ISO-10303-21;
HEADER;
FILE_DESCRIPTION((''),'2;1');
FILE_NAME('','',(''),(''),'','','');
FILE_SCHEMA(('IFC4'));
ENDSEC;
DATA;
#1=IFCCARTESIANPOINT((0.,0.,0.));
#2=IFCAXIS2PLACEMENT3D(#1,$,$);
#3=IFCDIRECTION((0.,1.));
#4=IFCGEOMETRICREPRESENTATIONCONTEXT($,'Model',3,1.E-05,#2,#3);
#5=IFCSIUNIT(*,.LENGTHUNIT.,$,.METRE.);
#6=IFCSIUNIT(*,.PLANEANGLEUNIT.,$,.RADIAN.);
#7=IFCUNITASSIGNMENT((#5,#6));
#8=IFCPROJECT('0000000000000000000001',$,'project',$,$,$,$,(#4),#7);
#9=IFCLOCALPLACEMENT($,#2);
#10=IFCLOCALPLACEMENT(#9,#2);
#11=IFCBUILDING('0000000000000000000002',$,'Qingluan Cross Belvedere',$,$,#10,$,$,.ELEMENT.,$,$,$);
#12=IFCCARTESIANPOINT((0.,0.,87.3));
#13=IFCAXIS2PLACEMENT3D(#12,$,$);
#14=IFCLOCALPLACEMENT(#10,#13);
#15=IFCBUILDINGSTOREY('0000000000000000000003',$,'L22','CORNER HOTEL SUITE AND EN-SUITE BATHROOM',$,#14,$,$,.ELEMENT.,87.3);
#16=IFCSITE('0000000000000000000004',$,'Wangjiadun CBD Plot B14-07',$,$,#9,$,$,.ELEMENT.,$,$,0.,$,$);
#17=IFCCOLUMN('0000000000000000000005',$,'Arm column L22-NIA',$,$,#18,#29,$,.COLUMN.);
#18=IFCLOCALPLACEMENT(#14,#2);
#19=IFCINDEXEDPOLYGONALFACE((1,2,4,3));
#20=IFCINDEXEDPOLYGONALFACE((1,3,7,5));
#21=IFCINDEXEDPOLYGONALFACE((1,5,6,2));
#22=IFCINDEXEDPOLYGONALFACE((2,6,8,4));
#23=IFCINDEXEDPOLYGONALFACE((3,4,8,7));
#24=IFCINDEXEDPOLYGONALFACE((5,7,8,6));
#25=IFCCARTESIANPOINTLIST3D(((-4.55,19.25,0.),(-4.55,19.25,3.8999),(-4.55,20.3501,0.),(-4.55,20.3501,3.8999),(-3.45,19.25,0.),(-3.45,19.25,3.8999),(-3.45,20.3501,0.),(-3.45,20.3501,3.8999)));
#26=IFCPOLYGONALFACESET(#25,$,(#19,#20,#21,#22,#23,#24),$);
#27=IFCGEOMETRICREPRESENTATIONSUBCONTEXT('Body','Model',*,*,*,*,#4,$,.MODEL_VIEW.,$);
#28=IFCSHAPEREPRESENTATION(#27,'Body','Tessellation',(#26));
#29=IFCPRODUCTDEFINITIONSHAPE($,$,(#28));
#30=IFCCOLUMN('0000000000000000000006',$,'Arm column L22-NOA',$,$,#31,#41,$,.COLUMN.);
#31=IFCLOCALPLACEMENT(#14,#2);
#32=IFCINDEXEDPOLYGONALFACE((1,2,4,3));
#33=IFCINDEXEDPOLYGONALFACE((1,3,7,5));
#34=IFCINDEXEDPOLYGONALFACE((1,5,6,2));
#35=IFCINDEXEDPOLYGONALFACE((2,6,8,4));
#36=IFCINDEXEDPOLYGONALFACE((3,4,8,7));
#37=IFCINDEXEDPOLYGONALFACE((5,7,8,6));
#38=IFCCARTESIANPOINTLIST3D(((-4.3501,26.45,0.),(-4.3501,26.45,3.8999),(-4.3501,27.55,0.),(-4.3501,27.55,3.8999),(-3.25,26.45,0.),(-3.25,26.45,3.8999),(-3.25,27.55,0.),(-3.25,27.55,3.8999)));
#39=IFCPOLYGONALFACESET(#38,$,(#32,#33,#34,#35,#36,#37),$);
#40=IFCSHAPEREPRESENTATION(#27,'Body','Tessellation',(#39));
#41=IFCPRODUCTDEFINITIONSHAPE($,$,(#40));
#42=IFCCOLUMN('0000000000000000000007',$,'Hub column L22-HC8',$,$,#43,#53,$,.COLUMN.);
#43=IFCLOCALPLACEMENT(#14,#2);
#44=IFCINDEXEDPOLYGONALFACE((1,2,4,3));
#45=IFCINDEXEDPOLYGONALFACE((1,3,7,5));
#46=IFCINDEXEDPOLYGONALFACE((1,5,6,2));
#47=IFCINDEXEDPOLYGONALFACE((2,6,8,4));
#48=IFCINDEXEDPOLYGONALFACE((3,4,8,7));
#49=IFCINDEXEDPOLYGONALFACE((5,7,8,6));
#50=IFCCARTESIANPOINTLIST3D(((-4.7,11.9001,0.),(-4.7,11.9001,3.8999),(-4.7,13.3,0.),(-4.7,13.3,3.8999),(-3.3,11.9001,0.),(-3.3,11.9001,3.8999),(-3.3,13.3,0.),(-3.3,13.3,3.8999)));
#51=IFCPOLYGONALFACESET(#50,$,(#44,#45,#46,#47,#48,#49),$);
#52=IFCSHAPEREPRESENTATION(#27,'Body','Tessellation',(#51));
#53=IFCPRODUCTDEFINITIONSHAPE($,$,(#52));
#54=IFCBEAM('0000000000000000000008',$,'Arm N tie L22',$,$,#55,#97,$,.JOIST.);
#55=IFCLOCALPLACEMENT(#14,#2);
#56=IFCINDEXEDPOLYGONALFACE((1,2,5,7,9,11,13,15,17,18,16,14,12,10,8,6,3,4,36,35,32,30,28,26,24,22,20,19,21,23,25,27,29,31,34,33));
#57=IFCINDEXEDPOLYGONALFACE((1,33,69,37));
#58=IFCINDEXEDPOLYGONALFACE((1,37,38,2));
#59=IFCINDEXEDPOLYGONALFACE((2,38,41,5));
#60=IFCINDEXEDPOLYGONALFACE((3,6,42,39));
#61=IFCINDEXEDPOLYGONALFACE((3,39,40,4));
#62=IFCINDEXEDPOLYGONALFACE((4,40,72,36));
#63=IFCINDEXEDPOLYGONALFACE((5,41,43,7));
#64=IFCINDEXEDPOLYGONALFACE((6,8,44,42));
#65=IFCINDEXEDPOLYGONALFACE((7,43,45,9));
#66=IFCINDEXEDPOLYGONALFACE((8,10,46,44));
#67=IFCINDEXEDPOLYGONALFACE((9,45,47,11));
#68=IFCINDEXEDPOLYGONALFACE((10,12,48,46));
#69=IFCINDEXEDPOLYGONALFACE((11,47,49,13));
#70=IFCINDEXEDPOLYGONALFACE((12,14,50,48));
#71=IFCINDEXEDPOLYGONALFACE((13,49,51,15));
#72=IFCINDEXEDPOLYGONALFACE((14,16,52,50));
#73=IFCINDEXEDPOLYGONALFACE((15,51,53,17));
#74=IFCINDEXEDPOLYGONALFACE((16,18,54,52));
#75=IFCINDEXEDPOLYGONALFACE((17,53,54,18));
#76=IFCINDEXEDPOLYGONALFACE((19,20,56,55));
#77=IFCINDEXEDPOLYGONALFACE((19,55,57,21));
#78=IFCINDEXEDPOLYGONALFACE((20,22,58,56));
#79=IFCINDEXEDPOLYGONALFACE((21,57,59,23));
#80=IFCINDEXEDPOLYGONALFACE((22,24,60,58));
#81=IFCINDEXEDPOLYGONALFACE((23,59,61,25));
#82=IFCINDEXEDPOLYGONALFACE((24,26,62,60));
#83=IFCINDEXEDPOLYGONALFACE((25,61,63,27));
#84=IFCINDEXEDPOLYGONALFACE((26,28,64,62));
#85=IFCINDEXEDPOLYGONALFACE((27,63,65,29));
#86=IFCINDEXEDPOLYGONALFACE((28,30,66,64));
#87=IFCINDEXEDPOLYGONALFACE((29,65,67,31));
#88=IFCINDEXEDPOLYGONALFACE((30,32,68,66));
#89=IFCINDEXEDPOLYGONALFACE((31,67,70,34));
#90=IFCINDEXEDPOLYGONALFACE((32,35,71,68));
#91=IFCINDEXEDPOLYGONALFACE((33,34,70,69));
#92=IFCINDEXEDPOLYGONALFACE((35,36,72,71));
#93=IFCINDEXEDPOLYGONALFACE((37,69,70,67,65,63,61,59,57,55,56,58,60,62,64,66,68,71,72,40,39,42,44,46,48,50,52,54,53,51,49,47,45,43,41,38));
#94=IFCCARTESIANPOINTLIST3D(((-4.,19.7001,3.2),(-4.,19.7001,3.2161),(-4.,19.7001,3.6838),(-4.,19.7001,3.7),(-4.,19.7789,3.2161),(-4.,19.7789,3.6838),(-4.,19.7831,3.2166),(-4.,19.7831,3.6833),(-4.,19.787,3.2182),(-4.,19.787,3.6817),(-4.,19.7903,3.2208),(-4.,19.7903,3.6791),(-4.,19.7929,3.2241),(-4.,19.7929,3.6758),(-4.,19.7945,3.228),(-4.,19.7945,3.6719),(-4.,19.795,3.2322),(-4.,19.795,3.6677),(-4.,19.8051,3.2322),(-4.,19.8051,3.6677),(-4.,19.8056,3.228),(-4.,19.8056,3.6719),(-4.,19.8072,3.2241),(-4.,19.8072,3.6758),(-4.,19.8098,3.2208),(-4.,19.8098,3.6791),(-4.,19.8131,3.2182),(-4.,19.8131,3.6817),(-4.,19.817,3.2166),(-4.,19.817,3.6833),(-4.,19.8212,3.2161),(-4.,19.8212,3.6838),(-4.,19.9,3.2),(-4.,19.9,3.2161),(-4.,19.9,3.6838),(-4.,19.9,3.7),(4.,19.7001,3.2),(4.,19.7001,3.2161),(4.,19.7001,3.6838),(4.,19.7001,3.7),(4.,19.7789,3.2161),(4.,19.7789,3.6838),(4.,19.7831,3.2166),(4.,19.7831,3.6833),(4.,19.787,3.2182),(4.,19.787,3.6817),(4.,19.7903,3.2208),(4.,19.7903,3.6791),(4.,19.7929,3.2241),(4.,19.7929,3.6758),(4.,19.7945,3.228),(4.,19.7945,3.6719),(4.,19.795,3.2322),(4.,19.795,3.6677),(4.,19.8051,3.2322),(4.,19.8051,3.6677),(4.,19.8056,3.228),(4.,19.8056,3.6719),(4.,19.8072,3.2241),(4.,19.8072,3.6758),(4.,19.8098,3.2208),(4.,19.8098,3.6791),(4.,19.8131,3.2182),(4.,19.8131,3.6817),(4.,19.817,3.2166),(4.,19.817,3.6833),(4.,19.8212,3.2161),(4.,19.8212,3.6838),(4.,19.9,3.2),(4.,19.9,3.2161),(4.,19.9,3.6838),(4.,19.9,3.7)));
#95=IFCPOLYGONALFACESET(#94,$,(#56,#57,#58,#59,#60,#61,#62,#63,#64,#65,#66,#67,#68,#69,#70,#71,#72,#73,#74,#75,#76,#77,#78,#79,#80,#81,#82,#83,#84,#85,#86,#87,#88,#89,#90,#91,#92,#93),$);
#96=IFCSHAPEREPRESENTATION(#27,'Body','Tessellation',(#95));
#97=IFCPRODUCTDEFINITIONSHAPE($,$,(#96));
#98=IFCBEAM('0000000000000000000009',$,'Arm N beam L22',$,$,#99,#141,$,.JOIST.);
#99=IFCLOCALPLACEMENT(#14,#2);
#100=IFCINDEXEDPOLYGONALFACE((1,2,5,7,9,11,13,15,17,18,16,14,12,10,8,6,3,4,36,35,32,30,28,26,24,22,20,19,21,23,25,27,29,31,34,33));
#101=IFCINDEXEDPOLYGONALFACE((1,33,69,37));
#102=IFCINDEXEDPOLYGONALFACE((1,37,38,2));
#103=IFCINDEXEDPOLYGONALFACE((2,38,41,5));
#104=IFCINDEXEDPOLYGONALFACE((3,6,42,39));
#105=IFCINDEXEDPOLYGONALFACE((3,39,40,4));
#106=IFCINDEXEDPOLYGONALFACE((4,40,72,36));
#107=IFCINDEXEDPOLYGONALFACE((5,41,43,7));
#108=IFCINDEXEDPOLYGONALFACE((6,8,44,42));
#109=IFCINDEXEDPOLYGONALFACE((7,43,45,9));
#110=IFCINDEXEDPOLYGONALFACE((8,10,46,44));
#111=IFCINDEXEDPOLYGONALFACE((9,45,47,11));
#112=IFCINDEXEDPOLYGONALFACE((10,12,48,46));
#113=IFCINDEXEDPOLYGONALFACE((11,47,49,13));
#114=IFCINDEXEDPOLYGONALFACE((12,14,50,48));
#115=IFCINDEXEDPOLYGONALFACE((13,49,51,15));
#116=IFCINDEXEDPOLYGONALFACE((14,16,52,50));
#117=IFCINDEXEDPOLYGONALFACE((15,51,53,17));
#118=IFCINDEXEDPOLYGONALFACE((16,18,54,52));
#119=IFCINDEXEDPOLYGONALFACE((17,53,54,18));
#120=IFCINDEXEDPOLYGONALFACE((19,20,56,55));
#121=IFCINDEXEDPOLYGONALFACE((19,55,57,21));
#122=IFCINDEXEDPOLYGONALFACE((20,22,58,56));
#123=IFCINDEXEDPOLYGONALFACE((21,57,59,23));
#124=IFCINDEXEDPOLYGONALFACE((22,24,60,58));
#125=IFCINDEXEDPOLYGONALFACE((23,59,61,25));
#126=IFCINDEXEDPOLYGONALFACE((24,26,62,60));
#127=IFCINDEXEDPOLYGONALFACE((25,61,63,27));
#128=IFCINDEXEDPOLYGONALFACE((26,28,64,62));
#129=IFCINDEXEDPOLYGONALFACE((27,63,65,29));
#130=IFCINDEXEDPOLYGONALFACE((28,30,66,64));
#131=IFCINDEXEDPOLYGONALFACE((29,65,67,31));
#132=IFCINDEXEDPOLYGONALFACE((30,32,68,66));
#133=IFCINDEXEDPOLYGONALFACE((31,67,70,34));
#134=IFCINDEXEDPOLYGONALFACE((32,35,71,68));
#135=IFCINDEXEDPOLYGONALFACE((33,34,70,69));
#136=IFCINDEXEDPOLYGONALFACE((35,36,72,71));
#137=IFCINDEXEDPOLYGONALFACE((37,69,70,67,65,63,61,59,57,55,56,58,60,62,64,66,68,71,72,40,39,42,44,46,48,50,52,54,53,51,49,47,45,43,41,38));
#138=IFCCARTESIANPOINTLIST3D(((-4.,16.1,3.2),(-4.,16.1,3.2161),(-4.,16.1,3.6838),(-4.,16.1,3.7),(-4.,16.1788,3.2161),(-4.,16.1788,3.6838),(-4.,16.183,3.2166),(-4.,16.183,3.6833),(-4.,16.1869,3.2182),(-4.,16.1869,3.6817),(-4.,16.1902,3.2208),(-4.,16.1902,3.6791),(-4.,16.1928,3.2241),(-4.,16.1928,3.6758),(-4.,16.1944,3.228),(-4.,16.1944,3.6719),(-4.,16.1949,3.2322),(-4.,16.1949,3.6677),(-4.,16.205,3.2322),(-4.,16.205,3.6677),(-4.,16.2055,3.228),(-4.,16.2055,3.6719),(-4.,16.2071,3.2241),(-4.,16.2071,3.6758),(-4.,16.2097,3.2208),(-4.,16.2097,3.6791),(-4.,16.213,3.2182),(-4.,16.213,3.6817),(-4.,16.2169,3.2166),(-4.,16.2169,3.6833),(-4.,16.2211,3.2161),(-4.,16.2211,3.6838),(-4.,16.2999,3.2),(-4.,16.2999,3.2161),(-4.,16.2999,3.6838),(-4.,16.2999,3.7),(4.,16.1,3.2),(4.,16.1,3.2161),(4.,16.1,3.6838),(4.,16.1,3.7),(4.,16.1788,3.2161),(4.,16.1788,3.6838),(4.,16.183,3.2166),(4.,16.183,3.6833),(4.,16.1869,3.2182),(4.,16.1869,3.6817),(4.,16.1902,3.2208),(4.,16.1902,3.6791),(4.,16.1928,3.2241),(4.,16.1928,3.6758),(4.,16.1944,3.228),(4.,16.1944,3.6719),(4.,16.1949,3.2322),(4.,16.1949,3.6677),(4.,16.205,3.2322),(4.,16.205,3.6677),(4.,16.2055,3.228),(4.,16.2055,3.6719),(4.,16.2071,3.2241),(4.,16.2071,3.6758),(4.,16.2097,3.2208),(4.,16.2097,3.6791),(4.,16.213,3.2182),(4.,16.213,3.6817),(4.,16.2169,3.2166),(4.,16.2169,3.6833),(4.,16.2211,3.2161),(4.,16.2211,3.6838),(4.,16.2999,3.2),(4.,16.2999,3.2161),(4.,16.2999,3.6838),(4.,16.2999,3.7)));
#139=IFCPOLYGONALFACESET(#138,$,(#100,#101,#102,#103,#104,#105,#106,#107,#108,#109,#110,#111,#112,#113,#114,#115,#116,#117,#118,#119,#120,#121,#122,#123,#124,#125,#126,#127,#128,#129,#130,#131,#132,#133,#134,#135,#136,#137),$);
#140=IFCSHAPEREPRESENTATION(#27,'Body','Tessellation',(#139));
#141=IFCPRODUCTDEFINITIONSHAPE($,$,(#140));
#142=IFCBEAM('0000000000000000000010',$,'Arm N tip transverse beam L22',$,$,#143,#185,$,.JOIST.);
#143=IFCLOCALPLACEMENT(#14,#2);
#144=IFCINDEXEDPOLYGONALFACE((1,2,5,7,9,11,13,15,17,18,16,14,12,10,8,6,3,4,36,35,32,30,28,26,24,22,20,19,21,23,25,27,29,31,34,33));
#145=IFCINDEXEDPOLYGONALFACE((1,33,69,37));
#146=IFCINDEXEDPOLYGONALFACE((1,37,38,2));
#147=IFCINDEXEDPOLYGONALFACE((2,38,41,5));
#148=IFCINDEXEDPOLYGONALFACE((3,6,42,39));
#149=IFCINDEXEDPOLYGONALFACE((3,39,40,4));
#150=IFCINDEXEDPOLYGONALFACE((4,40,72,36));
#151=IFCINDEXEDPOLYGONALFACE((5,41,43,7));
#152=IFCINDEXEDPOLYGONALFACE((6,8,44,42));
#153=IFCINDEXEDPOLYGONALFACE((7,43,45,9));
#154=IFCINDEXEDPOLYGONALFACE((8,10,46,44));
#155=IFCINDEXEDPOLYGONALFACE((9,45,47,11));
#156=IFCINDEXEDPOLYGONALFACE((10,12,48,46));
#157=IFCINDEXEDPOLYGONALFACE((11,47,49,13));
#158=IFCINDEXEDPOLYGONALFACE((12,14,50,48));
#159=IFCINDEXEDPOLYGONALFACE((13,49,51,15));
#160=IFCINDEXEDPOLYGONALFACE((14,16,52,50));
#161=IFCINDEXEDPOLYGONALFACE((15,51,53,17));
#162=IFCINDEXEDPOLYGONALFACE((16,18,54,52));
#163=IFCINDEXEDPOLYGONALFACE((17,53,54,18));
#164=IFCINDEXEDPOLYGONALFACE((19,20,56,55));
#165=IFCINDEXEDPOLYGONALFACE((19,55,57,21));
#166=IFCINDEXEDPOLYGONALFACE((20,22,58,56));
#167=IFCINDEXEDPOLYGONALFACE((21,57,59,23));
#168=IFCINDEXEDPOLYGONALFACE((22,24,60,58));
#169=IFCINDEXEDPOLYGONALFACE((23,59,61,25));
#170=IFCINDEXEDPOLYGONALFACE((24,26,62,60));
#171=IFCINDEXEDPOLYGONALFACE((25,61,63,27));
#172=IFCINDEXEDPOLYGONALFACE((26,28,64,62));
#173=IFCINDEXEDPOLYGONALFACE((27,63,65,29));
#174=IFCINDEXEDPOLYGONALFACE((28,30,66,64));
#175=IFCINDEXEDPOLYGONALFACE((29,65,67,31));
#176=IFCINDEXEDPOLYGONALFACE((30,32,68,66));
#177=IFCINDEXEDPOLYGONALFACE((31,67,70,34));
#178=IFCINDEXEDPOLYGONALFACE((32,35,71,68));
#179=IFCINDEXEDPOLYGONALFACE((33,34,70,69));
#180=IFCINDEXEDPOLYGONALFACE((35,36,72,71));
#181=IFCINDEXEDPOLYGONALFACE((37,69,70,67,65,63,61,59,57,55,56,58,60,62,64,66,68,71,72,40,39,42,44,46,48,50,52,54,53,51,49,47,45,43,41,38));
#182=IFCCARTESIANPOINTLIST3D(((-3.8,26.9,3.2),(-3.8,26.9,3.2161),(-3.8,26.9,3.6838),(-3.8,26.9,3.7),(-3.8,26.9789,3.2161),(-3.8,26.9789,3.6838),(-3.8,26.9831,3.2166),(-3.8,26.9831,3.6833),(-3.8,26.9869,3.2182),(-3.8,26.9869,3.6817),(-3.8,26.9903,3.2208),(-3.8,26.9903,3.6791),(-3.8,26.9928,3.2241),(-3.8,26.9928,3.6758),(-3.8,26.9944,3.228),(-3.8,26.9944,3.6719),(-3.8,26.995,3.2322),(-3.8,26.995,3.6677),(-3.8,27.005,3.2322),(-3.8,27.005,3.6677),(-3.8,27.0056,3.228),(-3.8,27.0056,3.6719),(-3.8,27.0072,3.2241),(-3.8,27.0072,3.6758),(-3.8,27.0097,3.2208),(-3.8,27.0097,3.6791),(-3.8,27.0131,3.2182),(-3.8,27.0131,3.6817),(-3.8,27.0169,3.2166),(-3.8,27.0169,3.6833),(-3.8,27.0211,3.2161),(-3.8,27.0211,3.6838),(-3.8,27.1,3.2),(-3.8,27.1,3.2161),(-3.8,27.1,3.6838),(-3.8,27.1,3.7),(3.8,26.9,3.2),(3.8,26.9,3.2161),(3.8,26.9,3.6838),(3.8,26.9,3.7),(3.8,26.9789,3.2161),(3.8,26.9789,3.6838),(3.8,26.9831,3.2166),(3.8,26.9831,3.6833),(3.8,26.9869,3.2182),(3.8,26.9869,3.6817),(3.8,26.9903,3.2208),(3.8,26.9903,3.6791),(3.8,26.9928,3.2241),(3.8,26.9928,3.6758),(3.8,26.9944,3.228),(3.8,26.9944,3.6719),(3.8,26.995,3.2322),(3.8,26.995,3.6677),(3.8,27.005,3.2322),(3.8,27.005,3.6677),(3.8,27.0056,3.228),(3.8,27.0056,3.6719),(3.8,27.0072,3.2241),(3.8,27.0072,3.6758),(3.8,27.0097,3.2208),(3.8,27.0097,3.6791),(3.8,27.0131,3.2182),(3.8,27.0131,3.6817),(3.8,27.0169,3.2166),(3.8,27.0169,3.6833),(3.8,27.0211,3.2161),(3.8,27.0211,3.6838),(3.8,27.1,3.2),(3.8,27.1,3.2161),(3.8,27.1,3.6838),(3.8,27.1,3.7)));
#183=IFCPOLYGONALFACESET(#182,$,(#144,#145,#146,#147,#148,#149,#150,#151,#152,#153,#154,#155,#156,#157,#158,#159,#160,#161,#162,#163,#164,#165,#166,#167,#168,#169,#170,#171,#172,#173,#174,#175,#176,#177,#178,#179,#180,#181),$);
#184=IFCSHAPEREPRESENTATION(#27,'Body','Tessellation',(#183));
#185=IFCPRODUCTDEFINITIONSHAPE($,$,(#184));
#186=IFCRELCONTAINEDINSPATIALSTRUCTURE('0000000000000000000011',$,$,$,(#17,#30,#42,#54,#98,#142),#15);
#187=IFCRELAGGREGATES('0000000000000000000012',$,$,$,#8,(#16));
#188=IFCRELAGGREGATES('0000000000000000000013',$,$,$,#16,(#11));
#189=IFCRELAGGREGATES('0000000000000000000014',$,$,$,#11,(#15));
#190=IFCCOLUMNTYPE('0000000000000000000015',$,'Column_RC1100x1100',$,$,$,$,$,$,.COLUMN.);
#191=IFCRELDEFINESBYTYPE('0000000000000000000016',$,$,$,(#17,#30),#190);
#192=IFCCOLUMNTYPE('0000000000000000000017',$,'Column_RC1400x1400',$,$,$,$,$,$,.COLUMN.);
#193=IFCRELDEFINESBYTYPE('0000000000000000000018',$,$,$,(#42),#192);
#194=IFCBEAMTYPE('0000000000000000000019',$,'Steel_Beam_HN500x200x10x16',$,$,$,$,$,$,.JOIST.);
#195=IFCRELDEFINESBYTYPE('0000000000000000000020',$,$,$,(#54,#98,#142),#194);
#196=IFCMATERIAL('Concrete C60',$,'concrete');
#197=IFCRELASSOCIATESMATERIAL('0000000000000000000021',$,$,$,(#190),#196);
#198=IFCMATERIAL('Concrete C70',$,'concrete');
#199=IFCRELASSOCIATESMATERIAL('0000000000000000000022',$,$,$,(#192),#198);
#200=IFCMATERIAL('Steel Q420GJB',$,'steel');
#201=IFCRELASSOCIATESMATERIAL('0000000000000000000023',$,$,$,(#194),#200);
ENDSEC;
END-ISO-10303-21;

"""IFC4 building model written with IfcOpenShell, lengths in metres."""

from ifc_helpers import new_model, si_unit, direction, frame, origin, origin_2d, place, context, subcontext, project, spatial, rectangle, i_section, extrude, material, material_profile, profile_set, type_object, element, save


model = new_model("IFC4")

# Units and contexts
model_context = context("Model", 3, precision=1e-05, world=origin(), true_north=direction((0.0, 1.0)))
body_context = subcontext(model_context, "Body", "Model", "MODEL_VIEW")
ifc_project = project(units=[si_unit("LENGTHUNIT", "METRE"), si_unit("PLANEANGLEUNIT", "RADIAN")], contexts=[model_context])

# Site, building, storey
site_placement = place(None, origin())
site = spatial("IfcSite", under=ifc_project, at=site_placement, Name="Wangjiadun CBD Plot B14-07", CompositionType="ELEMENT", RefElevation=0.0)
building_placement = place(site_placement, origin())
building = spatial("IfcBuilding", under=site, at=building_placement, Name="Qingluan Cross Belvedere", CompositionType="ELEMENT")
storey_placement = place(building_placement, frame((0.0, 0.0, 87.3)))
storey = spatial("IfcBuildingStorey", under=building, at=storey_placement, Name="L22", Description="CORNER HOTEL SUITE AND EN-SUITE BATHROOM", CompositionType="ELEMENT", Elevation=87.3)

# Columns
ifc_material_1 = material(Name="Concrete C60", Category="concrete")
ifc_material_profile_1 = material_profile(ifc_material_1, rectangle(XDim=1.1001, YDim=1.1001, at=origin_2d()), Name="RC1100x1100")
ifc_profile_set_1 = profile_set([ifc_material_profile_1], Name="Concrete C60")
column_type_1 = type_object("IfcColumnType", Name="Column_RC1100x1100", PredefinedType="COLUMN", material=ifc_profile_set_1)
for number, where, z_axis, x_axis, name in (
    (1, (-4.0, 19.8, 0.0), (0.0, 0.0, 1.0), (1.0, 0.0, 0.0), "Arm column L22-NIA"),
    (2, (-3.8, 27.0, 0.0), (0.0, 0.0, 1.0), (1.0, 0.0, 0.0), "Arm column L22-NOA"),
):
    element("IfcColumn", number, at=place(storey_placement, frame(where, z_axis=z_axis, x_axis=x_axis)), inside=storey, type_object=column_type_1, Name=name, PredefinedType="COLUMN", context=body_context, shape_type="SweptSolid", body=[
        extrude(rectangle(XDim=1.1001, YDim=1.1001, at=origin_2d()), origin(), (0.0, 0.0, 1.0), 3.8999),
    ])
ifc_material_2 = material(Name="Concrete C70", Category="concrete")
ifc_material_profile_2 = material_profile(ifc_material_2, rectangle(XDim=1.3999, YDim=1.3999, at=origin_2d()), Name="RC1400x1400")
ifc_profile_set_2 = profile_set([ifc_material_profile_2], Name="Concrete C70")
column_type_2 = type_object("IfcColumnType", Name="Column_RC1400x1400", PredefinedType="COLUMN", material=ifc_profile_set_2)
column_placement = place(storey_placement, frame((-4.0, 12.6001, 0.0), z_axis=(0.0, 0.0, 1.0), x_axis=(1.0, 0.0, 0.0)))
element("IfcColumn", 3, at=column_placement, inside=storey, type_object=column_type_2, Name="Hub column L22-HC8", PredefinedType="COLUMN", context=body_context, shape_type="SweptSolid", body=[
    extrude(rectangle(XDim=1.3999, YDim=1.3999, at=origin_2d()), origin(), (0.0, 0.0, 1.0), 3.8999),
])

# Beams
ifc_material_3 = material(Name="Steel Q420GJB", Category="steel")
ifc_material_profile_3 = material_profile(ifc_material_3, i_section(OverallWidth=0.2, OverallDepth=0.5, WebThickness=0.01, FlangeThickness=0.0161, FilletRadius=0.0161, at=origin_2d()), Name="HN500x200x10x16")
ifc_profile_set_3 = profile_set([ifc_material_profile_3], Name="Steel Q420GJB")
beam_type_1 = type_object("IfcBeamType", Name="Steel_Beam_HN500x200x10x16", PredefinedType="JOIST", material=ifc_profile_set_3)
for number, where, z_axis, x_axis, name in (
    (4, (-4.0, 19.8, 3.45), (1.0, 0.0, 0.0), (0.0, 1.0, 0.0), "Arm N tie L22"),
    (5, (-4.0, 16.2, 3.45), (1.0, 0.0, 0.0), (0.0, 1.0, 0.0), "Arm N beam L22"),
):
    element("IfcBeam", number, at=place(storey_placement, frame(where, z_axis=z_axis, x_axis=x_axis)), inside=storey, type_object=beam_type_1, Name=name, PredefinedType="JOIST", context=body_context, shape_type="SweptSolid", body=[
        extrude(i_section(OverallWidth=0.2, OverallDepth=0.5, WebThickness=0.01, FlangeThickness=0.0161, FilletRadius=0.0161, at=origin_2d()), origin(), (0.0, 0.0, 1.0), 8.0),
    ])
beam_1_placement = place(storey_placement, frame((-3.8, 27.0, 3.45), z_axis=(1.0, 0.0, 0.0), x_axis=(0.0, 1.0, 0.0)))
element("IfcBeam", 6, at=beam_1_placement, inside=storey, type_object=beam_type_1, Name="Arm N tip transverse beam L22", PredefinedType="JOIST", context=body_context, shape_type="SweptSolid", body=[
    extrude(i_section(OverallWidth=0.2, OverallDepth=0.5, WebThickness=0.01, FlangeThickness=0.0161, FilletRadius=0.0161, at=origin_2d()), origin(), (0.0, 0.0, 1.0), 7.6001),
])

save(model, "model.ifc")
